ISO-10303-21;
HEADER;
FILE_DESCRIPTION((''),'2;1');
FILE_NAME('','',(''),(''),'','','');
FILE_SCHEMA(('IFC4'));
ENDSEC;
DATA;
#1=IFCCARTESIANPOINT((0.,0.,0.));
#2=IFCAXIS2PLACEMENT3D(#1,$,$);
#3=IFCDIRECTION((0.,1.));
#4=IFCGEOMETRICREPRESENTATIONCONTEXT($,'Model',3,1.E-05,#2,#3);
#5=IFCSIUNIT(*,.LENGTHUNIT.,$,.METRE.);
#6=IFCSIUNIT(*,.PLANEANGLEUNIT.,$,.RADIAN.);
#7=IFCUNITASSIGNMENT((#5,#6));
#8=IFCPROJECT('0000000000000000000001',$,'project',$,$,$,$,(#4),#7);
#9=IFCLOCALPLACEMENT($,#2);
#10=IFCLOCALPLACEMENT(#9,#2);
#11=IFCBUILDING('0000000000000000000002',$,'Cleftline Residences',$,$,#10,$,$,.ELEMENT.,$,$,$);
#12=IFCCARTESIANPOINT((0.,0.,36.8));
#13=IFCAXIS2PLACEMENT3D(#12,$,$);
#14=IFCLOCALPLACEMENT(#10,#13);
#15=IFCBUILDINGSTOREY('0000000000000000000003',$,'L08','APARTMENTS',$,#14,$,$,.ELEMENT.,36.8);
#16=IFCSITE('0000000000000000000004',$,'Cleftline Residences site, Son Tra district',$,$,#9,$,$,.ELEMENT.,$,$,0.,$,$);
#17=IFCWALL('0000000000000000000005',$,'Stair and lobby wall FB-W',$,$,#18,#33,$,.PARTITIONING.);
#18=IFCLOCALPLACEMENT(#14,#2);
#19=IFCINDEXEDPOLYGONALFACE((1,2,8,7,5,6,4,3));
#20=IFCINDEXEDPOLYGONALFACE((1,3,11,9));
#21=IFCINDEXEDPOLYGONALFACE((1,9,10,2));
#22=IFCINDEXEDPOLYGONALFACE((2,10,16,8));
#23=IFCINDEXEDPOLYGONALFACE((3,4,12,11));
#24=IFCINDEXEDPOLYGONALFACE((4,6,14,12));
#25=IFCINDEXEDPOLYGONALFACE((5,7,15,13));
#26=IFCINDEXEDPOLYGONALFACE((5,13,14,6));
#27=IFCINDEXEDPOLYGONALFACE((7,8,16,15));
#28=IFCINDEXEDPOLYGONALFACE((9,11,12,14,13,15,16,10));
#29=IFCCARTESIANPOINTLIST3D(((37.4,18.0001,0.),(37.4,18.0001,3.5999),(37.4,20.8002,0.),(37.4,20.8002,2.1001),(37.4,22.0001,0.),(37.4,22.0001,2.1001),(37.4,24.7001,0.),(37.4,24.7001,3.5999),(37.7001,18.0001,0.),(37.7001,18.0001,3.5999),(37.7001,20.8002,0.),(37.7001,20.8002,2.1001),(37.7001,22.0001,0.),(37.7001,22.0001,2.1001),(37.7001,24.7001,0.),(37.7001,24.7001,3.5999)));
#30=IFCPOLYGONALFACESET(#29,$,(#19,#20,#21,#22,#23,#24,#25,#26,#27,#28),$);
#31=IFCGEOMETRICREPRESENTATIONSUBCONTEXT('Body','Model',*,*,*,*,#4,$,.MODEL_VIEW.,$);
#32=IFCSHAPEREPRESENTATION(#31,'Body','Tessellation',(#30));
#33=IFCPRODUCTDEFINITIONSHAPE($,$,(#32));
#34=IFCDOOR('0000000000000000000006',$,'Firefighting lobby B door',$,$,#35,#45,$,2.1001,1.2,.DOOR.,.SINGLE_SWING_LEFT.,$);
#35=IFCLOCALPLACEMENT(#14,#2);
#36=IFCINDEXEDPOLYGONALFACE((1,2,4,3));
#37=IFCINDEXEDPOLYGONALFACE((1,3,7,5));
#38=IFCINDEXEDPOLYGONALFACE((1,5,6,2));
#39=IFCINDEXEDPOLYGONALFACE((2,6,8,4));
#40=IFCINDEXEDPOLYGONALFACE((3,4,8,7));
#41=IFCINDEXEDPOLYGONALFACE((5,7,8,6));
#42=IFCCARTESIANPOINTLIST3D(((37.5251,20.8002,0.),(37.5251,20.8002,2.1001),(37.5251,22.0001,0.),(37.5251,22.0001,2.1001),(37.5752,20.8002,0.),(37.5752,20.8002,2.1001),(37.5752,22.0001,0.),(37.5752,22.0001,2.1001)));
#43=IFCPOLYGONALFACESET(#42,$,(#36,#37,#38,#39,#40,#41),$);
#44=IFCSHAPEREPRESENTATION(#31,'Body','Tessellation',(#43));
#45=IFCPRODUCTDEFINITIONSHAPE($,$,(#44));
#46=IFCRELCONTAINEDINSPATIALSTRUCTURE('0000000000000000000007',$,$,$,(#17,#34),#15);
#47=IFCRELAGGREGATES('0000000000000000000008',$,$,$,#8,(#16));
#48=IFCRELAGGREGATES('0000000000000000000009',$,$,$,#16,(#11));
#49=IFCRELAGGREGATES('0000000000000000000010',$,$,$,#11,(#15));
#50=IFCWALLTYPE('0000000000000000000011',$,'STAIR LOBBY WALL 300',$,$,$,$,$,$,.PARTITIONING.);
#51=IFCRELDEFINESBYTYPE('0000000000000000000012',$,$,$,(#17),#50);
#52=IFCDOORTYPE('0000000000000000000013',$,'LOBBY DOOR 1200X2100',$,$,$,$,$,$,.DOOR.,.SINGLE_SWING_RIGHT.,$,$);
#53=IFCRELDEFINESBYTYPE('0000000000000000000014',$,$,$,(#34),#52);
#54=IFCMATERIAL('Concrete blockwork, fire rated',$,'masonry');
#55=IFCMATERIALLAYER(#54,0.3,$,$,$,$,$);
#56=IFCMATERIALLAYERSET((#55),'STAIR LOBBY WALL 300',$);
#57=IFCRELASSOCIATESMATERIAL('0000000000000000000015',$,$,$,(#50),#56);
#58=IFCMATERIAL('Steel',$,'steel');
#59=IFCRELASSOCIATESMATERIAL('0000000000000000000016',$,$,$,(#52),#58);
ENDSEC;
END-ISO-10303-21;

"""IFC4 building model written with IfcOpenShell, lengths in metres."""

from ifc_helpers import new_model, si_unit, direction, frame, frame_2d, origin, place, context, subcontext, project, spatial, rectangle, extrude, material, layer, layer_set, type_object, element, fill, save


model = new_model("IFC4")

# Units and contexts
model_context = context("Model", 3, precision=1e-05, world=origin(), true_north=direction((0.0, 1.0)))
body_context = subcontext(model_context, "Body", "Model", "MODEL_VIEW")
ifc_project = project(units=[si_unit("LENGTHUNIT", "METRE"), si_unit("PLANEANGLEUNIT", "RADIAN")], contexts=[model_context])

# Site, building, storey
site_placement = place(None, origin())
site = spatial("IfcSite", under=ifc_project, at=site_placement, Name="Cleftline Residences site, Son Tra district", CompositionType="ELEMENT", RefElevation=0.0)
building_placement = place(site_placement, origin())
building = spatial("IfcBuilding", under=site, at=building_placement, Name="Cleftline Residences", CompositionType="ELEMENT")
storey_placement = place(building_placement, frame((0.0, 0.0, 36.8)))
storey = spatial("IfcBuildingStorey", under=building, at=storey_placement, Name="L08", Description="APARTMENTS", CompositionType="ELEMENT", Elevation=36.8)

# Wall, opening, door
ifc_material_1 = material(Name="Concrete blockwork, fire rated", Category="masonry")
ifc_layer_1 = layer(ifc_material_1, 0.3)
ifc_layer_set_1 = layer_set([ifc_layer_1], Name="STAIR LOBBY WALL 300")
wall_type_1 = type_object("IfcWallType", Name="STAIR LOBBY WALL 300", PredefinedType="PARTITIONING", material=ifc_layer_set_1)
ifc_material_2 = material(Name="Steel", Category="steel")
door_type_1 = type_object("IfcDoorType", Name="LOBBY DOOR 1200X2100", OperationType="SINGLE_SWING_RIGHT", PredefinedType="DOOR", material=ifc_material_2)
wall_1_placement = place(storey_placement, frame((37.55, 18.0, 0.0), z_axis=(0.0, 0.0, 1.0), x_axis=(0.0, 1.0, 0.0)))
wall_1 = element("IfcWall", 1, at=wall_1_placement, inside=storey, type_object=wall_type_1, Name="Stair and lobby wall FB-W", PredefinedType="PARTITIONING", context=body_context, shape_type="SweptSolid", body=[
    extrude(rectangle(XDim=6.7, YDim=0.3, at=frame_2d((3.3501, 0.0))), origin(), (0.0, 0.0, 1.0), 3.5999),
])
opening_1_placement = place(wall_1_placement, frame((2.8, 0.0, 0.0)))
opening_1 = element("IfcOpeningElement", 2, at=opening_1_placement, cuts=wall_1, PredefinedType="OPENING", context=body_context, shape_type="SweptSolid", body=[
    extrude(rectangle(XDim=1.2, YDim=2.1001, at=frame_2d((0.6001, 1.05))), frame((0.0, 0.1599, 0.0), z_axis=(0.0, -1.0, 0.0), x_axis=(1.0, 0.0, 0.0)), (0.0, 0.0, 1.0), 0.3201),
])
door_1_placement = place(opening_1_placement, origin())
door_1 = element("IfcDoor", 3, at=door_1_placement, inside=storey, type_object=door_type_1, Name="Firefighting lobby B door", OperationType="SINGLE_SWING_LEFT", OverallHeight=2.1001, OverallWidth=1.2, PredefinedType="DOOR", context=body_context, shape_type="SweptSolid", body=[
    extrude(rectangle(XDim=1.2, YDim=2.1001, at=frame_2d((0.6001, 1.05))), frame((0.0, 0.0249, 0.0), z_axis=(0.0, -1.0, 0.0), x_axis=(1.0, 0.0, 0.0)), (0.0, 0.0, 1.0), 0.05),
])
fill(opening_1, door_1)

save(model, "model.ifc")
